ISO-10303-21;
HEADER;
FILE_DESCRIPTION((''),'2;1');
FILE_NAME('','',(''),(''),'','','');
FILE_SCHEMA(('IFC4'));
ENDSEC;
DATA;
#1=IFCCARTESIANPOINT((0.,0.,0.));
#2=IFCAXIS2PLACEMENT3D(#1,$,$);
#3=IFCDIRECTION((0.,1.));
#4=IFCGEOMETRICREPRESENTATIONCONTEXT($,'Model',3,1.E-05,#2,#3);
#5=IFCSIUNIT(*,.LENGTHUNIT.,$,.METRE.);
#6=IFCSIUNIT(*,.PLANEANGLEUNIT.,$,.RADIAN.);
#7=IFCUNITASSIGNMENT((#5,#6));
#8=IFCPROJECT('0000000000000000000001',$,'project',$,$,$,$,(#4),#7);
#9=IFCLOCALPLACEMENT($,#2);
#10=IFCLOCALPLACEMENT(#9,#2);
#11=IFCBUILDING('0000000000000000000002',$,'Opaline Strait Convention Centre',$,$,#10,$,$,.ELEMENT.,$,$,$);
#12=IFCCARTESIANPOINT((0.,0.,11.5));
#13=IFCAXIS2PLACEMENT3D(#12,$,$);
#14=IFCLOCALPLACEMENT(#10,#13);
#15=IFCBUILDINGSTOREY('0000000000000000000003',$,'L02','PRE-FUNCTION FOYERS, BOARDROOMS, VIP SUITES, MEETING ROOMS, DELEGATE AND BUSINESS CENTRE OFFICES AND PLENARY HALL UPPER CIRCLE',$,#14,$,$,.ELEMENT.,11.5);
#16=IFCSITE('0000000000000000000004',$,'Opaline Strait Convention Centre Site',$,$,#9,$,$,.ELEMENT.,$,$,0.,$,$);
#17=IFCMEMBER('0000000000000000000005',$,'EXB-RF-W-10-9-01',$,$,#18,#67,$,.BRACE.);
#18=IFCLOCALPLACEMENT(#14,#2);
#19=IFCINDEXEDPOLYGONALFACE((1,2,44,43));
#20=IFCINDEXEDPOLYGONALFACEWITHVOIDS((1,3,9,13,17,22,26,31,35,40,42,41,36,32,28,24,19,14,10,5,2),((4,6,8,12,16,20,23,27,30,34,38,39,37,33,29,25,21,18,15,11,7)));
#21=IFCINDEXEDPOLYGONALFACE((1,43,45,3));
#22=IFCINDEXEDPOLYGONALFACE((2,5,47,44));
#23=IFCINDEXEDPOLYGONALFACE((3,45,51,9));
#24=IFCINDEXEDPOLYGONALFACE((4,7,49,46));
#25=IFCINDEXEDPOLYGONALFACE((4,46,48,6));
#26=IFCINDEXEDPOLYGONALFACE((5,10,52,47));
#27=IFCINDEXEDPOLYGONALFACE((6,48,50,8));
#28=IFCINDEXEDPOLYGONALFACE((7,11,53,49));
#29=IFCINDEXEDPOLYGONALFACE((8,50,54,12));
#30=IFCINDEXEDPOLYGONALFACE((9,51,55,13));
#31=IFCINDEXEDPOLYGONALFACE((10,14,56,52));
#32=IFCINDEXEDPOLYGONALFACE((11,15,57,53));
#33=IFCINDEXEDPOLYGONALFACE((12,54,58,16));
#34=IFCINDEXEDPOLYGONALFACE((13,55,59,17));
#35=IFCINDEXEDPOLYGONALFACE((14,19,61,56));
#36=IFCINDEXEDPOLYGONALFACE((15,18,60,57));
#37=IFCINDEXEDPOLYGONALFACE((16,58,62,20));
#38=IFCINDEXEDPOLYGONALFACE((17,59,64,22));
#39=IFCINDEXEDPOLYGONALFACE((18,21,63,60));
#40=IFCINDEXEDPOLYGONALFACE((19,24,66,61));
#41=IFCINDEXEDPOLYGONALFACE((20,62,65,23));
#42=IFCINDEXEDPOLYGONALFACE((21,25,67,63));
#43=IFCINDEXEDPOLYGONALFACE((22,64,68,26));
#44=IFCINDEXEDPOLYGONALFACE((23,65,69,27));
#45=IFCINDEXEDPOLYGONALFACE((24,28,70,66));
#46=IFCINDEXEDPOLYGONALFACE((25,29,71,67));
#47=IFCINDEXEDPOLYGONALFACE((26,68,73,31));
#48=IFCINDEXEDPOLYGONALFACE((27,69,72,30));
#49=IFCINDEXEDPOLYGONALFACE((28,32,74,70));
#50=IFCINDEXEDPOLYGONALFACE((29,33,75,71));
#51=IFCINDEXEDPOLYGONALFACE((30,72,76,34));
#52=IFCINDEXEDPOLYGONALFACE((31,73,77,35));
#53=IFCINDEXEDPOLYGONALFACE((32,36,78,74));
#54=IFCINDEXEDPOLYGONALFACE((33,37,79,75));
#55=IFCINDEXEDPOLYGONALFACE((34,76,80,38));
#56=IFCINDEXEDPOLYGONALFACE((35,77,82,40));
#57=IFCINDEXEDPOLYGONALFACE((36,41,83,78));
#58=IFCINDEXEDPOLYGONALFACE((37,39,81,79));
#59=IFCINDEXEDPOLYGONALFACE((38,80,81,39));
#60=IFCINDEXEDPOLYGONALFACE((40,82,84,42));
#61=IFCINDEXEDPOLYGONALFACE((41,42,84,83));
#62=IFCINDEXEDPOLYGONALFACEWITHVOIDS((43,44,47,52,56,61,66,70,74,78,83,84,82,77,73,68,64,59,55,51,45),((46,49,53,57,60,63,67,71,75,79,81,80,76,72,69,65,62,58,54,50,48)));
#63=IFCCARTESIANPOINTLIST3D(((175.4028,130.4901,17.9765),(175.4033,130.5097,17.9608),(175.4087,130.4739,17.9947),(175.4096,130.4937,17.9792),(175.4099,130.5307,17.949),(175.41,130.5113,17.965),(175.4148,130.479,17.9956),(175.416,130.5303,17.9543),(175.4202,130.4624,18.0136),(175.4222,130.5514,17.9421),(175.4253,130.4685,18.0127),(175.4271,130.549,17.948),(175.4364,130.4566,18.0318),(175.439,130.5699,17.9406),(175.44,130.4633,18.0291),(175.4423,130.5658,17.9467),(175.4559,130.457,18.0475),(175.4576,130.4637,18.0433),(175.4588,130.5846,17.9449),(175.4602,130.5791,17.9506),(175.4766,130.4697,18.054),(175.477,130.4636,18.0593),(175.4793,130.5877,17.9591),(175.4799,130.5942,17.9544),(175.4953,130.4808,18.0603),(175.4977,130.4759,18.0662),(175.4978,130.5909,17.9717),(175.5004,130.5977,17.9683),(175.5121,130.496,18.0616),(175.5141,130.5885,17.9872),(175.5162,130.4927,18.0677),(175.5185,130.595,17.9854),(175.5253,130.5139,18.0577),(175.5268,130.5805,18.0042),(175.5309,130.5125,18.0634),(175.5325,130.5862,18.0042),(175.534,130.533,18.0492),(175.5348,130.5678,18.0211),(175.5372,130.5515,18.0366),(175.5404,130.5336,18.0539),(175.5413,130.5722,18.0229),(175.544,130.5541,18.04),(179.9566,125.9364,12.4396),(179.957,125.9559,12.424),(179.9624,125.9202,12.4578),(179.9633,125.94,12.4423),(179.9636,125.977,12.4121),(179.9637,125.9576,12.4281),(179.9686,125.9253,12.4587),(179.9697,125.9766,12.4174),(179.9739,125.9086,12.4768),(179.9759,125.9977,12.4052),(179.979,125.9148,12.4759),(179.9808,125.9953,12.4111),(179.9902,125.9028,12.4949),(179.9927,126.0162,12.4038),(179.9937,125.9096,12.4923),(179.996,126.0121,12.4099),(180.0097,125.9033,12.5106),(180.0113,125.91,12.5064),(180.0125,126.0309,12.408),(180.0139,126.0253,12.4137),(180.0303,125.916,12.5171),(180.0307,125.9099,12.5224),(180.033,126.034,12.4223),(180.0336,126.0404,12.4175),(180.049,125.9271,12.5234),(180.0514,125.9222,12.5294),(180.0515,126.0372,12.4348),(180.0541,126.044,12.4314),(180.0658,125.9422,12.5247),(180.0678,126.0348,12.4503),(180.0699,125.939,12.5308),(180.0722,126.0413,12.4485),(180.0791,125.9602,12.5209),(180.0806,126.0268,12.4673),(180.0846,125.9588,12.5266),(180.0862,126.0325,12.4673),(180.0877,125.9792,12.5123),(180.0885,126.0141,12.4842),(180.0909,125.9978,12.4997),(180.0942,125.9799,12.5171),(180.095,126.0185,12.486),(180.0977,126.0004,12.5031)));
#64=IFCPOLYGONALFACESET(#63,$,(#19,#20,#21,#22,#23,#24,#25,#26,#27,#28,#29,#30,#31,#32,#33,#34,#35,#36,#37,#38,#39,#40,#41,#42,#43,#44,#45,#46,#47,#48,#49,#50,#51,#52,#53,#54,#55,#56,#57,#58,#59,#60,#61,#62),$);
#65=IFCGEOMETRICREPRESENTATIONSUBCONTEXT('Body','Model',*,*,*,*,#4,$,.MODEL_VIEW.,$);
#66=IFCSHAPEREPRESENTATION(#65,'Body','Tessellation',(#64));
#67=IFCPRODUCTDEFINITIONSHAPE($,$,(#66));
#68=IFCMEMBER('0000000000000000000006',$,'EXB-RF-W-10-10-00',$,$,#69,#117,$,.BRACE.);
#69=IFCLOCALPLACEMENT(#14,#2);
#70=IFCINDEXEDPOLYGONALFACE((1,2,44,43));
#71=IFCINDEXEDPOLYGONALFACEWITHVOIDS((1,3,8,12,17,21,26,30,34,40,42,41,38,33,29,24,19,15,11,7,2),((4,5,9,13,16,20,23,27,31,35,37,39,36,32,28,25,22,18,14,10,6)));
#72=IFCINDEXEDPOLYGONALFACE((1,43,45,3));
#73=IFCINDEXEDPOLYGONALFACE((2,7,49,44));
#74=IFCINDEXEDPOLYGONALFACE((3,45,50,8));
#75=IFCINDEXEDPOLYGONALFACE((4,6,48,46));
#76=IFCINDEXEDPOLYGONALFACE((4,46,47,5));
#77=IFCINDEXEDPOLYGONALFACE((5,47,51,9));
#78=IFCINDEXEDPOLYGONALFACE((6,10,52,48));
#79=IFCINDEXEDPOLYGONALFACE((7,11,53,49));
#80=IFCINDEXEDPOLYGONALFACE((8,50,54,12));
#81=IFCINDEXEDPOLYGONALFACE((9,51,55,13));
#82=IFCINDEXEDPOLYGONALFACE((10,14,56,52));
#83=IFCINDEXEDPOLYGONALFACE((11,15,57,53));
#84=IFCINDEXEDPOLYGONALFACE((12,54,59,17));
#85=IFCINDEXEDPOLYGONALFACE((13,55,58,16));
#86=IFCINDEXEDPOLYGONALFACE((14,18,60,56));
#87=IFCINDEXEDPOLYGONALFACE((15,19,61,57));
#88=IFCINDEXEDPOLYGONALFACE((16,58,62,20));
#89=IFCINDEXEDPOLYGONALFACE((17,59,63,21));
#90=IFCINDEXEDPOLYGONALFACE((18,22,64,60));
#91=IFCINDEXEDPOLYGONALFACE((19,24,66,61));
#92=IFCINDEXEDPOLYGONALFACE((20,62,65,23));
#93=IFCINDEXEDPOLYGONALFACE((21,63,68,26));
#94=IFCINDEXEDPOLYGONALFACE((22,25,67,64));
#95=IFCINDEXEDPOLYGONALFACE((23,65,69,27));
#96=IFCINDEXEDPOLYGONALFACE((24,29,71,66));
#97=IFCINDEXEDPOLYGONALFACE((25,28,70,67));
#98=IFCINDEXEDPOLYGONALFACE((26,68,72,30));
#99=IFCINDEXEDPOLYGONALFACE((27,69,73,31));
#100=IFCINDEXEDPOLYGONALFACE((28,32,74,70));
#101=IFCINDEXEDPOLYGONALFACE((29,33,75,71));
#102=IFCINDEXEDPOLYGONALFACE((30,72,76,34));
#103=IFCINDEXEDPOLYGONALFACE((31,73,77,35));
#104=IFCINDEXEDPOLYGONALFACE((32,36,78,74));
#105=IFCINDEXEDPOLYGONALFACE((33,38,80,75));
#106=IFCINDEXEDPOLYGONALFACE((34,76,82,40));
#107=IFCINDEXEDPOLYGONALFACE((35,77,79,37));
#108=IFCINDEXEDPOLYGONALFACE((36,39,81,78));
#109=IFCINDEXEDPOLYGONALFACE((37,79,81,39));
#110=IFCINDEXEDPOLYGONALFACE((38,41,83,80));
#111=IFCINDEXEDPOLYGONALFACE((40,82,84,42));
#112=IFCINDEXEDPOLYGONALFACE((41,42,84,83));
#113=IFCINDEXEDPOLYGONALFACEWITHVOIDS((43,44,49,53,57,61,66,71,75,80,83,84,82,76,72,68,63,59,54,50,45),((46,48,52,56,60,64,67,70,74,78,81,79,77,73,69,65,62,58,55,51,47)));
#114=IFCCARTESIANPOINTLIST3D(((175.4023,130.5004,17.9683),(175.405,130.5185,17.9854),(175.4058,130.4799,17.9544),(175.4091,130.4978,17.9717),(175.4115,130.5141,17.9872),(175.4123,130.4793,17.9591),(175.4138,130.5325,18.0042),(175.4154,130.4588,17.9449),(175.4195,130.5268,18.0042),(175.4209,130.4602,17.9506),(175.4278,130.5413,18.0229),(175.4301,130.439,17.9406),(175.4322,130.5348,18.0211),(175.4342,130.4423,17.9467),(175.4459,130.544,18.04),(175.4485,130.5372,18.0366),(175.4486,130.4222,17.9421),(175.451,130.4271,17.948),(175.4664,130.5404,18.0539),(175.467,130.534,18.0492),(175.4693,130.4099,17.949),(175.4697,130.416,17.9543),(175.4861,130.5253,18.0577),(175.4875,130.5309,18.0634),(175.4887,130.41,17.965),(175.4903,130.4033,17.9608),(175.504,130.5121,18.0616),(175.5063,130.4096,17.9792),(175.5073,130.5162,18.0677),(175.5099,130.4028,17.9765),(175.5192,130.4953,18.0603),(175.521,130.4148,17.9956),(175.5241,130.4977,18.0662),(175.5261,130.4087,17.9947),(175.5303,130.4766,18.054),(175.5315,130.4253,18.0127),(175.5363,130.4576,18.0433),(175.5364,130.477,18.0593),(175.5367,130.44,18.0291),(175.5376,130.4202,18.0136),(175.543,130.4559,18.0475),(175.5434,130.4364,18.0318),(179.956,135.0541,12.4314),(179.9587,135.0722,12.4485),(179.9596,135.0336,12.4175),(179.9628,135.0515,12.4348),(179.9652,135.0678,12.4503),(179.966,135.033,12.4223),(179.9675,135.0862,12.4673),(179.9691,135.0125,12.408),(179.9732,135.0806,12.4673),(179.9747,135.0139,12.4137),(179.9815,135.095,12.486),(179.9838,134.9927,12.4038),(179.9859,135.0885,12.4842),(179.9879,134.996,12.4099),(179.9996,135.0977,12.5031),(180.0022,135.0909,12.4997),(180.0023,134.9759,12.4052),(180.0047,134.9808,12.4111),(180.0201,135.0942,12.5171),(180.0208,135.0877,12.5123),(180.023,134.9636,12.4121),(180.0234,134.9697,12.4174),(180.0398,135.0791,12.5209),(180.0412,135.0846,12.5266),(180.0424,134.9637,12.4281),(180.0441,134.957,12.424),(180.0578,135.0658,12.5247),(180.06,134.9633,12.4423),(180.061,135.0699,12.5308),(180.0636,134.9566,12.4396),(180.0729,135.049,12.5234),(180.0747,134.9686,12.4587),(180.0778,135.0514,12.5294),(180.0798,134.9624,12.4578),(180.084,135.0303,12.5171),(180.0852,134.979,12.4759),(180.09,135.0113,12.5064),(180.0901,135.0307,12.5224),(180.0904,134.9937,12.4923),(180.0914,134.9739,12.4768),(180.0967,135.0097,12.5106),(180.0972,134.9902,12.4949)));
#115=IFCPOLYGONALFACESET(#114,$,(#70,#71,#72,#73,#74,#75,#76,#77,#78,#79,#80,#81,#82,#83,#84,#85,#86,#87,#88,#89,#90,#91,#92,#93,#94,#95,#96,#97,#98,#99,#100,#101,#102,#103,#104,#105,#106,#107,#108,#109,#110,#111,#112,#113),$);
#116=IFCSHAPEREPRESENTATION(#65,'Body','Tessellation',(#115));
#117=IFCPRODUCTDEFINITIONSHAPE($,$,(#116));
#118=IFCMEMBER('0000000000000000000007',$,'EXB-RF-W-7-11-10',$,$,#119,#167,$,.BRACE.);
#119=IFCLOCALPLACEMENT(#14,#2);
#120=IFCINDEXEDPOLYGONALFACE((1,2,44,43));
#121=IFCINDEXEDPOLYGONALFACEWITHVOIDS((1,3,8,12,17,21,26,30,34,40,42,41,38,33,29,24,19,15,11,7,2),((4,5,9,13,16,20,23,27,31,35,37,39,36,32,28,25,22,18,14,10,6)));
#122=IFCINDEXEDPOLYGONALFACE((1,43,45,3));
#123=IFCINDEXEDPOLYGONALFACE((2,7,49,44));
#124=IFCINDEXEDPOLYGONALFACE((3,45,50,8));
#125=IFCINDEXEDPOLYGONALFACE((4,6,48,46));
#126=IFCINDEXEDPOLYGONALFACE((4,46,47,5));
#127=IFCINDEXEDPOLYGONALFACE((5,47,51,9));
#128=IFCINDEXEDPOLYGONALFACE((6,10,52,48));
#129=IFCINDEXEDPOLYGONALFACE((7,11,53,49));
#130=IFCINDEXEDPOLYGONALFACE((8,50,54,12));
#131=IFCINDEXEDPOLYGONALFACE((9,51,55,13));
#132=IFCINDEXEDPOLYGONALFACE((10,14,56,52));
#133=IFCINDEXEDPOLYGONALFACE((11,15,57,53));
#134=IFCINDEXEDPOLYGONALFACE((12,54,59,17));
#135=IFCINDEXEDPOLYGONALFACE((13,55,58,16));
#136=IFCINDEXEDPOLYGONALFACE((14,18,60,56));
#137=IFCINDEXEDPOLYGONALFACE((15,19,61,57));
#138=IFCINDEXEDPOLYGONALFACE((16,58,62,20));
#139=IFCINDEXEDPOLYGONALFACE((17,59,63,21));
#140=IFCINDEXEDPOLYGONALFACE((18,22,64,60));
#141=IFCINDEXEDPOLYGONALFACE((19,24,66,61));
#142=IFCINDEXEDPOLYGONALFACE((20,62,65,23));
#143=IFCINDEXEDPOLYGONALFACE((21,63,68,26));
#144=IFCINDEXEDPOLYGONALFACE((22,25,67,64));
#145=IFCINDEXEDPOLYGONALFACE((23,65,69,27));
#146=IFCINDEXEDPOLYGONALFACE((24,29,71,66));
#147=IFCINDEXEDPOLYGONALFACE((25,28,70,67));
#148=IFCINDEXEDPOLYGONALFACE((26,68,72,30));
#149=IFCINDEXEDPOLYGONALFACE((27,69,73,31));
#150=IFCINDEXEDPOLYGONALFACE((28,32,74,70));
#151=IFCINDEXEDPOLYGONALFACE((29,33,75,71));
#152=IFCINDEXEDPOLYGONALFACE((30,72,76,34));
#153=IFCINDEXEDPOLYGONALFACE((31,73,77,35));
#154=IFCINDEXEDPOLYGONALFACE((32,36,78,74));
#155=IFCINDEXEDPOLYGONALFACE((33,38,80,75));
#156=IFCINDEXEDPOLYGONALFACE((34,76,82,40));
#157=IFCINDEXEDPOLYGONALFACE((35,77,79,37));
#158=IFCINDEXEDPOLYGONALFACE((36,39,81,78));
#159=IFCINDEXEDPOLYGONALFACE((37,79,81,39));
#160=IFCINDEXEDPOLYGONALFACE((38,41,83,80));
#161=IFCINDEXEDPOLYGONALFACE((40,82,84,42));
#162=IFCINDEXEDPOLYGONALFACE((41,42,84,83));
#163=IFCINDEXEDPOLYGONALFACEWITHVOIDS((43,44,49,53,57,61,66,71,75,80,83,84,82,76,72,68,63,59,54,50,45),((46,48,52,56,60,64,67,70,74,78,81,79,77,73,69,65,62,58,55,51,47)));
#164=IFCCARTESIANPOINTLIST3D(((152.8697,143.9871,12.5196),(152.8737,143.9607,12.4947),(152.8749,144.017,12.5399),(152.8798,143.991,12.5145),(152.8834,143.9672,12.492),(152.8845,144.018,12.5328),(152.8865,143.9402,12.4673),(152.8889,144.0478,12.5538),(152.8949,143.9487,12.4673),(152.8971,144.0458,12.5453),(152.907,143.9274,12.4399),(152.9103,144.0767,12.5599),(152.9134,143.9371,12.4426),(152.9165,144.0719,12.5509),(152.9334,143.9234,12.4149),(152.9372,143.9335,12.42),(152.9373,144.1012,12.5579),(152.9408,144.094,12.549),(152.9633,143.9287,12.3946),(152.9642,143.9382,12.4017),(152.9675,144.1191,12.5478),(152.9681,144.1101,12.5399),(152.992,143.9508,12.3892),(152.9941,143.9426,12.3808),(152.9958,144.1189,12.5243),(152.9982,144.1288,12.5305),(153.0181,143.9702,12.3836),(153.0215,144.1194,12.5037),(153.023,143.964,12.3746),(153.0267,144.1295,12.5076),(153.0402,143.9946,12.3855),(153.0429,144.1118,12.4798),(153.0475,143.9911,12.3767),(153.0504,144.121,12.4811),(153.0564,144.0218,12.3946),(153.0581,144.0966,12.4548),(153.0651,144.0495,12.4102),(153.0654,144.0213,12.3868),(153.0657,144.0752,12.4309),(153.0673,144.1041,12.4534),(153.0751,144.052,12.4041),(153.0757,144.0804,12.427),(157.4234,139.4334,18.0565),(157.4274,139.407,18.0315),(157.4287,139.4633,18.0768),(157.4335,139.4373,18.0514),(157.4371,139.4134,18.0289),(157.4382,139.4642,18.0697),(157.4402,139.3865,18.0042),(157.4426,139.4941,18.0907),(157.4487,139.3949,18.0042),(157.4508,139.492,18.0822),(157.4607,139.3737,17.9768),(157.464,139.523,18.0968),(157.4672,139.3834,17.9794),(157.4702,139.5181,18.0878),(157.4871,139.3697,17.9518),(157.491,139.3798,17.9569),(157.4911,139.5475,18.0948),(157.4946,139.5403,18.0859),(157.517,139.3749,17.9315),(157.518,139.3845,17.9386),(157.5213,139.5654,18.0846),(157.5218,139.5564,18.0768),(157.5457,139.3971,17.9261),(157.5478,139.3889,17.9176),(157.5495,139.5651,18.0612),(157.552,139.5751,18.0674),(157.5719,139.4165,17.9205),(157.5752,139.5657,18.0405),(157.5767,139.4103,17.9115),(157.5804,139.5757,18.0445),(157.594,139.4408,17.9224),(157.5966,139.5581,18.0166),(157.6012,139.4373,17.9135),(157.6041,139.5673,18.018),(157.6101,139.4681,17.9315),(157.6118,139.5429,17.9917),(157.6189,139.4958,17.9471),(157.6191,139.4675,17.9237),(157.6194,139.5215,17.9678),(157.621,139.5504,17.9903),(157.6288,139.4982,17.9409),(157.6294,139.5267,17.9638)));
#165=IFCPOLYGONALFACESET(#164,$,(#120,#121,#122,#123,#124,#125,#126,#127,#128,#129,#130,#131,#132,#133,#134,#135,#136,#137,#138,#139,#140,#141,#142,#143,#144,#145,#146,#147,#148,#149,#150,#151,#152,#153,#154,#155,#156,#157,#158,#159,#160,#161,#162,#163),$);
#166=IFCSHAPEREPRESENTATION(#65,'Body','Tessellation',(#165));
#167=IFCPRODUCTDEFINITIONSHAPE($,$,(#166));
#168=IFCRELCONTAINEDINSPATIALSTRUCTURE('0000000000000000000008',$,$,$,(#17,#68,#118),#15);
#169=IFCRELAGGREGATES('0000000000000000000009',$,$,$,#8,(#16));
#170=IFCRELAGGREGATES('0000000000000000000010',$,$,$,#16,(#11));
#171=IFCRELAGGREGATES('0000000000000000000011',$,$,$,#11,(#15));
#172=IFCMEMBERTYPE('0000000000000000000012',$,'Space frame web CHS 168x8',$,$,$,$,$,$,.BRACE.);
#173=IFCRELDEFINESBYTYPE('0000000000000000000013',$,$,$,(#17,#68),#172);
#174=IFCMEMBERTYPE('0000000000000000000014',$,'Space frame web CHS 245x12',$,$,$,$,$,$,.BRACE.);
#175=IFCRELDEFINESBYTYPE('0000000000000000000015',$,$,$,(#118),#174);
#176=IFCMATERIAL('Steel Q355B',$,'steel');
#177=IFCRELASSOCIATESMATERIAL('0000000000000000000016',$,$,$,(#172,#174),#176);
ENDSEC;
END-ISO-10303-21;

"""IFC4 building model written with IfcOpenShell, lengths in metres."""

from ifc_helpers import new_model, si_unit, direction, frame, origin, origin_2d, place, context, subcontext, project, spatial, hollow_circle, extrude, material, material_profile, profile_set, type_object, element, save


model = new_model("IFC4")

# Units and contexts
model_context = context("Model", 3, precision=1e-05, world=origin(), true_north=direction((0.0, 1.0)))
body_context = subcontext(model_context, "Body", "Model", "MODEL_VIEW")
ifc_project = project(units=[si_unit("LENGTHUNIT", "METRE"), si_unit("PLANEANGLEUNIT", "RADIAN")], contexts=[model_context])

# Site, building, storey
site_placement = place(None, origin())
site = spatial("IfcSite", under=ifc_project, at=site_placement, Name="Opaline Strait Convention Centre Site", CompositionType="ELEMENT", RefElevation=0.0)
building_placement = place(site_placement, origin())
building = spatial("IfcBuilding", under=site, at=building_placement, Name="Opaline Strait Convention Centre", CompositionType="ELEMENT")
storey_placement = place(building_placement, frame((0.0, 0.0, 11.5)))
storey = spatial("IfcBuildingStorey", under=building, at=storey_placement, Name="L02", Description="PRE-FUNCTION FOYERS, BOARDROOMS, VIP SUITES, MEETING ROOMS, DELEGATE AND BUSINESS CENTRE OFFICES AND PLENARY HALL UPPER CIRCLE", CompositionType="ELEMENT", Elevation=11.5)

# Members
ifc_material = material(Name="Steel Q355B", Category="steel")
ifc_material_profile_1 = material_profile(ifc_material, hollow_circle(Radius=0.084, WallThickness=0.0081, at=origin_2d()), Name="CHS 168x8")
ifc_profile_set_1 = profile_set([ifc_material_profile_1], Name="Steel Q355B")
member_type_1 = type_object("IfcMemberType", Name="Space frame web CHS 168x8", PredefinedType="BRACE", material=ifc_profile_set_1)
for number, where, z_axis, x_axis, name in (
    (1, (175.4731, 130.5269, 18.0042), (0.536178, -0.536178, -0.65194), (0.707107, 0.707107, 0.0), "EXB-RF-W-10-9-01"),
    (2, (175.4731, 130.4731, 18.0042), (0.536178, 0.536178, -0.65194), (-0.707107, 0.707107, 0.0), "EXB-RF-W-10-10-00"),
):
    element("IfcMember", number, at=place(storey_placement, frame(where, z_axis=z_axis, x_axis=x_axis)), inside=storey, type_object=member_type_1, Name=name, PredefinedType="BRACE", context=body_context, shape_type="SweptSolid", body=[
        extrude(hollow_circle(Radius=0.084, WallThickness=0.0081, at=origin_2d()), origin(), (0.0, 0.0, 1.0), 8.4929),
    ])
ifc_material_profile_2 = material_profile(ifc_material, hollow_circle(Radius=0.1226, WallThickness=0.012, at=origin_2d()), Name="CHS 245x12")
ifc_profile_set_2 = profile_set([ifc_material_profile_2], Name="Steel Q355B")
member_type_2 = type_object("IfcMemberType", Name="Space frame web CHS 245x12", PredefinedType="BRACE", material=ifc_profile_set_2)
for number, where, z_axis, x_axis, name in (
    (3, (157.5269, 139.4731, 18.0042), (-0.536178, 0.536178, -0.65194), (-0.707107, -0.707107, 0.0), "EXB-RF-W-7-11-10"),
):
    element("IfcMember", number, at=place(storey_placement, frame(where, z_axis=z_axis, x_axis=x_axis)), inside=storey, type_object=member_type_2, Name=name, PredefinedType="BRACE", context=body_context, shape_type="SweptSolid", body=[
        extrude(hollow_circle(Radius=0.1226, WallThickness=0.012, at=origin_2d()), origin(), (0.0, 0.0, 1.0), 8.4929),
    ])

save(model, "model.ifc")
